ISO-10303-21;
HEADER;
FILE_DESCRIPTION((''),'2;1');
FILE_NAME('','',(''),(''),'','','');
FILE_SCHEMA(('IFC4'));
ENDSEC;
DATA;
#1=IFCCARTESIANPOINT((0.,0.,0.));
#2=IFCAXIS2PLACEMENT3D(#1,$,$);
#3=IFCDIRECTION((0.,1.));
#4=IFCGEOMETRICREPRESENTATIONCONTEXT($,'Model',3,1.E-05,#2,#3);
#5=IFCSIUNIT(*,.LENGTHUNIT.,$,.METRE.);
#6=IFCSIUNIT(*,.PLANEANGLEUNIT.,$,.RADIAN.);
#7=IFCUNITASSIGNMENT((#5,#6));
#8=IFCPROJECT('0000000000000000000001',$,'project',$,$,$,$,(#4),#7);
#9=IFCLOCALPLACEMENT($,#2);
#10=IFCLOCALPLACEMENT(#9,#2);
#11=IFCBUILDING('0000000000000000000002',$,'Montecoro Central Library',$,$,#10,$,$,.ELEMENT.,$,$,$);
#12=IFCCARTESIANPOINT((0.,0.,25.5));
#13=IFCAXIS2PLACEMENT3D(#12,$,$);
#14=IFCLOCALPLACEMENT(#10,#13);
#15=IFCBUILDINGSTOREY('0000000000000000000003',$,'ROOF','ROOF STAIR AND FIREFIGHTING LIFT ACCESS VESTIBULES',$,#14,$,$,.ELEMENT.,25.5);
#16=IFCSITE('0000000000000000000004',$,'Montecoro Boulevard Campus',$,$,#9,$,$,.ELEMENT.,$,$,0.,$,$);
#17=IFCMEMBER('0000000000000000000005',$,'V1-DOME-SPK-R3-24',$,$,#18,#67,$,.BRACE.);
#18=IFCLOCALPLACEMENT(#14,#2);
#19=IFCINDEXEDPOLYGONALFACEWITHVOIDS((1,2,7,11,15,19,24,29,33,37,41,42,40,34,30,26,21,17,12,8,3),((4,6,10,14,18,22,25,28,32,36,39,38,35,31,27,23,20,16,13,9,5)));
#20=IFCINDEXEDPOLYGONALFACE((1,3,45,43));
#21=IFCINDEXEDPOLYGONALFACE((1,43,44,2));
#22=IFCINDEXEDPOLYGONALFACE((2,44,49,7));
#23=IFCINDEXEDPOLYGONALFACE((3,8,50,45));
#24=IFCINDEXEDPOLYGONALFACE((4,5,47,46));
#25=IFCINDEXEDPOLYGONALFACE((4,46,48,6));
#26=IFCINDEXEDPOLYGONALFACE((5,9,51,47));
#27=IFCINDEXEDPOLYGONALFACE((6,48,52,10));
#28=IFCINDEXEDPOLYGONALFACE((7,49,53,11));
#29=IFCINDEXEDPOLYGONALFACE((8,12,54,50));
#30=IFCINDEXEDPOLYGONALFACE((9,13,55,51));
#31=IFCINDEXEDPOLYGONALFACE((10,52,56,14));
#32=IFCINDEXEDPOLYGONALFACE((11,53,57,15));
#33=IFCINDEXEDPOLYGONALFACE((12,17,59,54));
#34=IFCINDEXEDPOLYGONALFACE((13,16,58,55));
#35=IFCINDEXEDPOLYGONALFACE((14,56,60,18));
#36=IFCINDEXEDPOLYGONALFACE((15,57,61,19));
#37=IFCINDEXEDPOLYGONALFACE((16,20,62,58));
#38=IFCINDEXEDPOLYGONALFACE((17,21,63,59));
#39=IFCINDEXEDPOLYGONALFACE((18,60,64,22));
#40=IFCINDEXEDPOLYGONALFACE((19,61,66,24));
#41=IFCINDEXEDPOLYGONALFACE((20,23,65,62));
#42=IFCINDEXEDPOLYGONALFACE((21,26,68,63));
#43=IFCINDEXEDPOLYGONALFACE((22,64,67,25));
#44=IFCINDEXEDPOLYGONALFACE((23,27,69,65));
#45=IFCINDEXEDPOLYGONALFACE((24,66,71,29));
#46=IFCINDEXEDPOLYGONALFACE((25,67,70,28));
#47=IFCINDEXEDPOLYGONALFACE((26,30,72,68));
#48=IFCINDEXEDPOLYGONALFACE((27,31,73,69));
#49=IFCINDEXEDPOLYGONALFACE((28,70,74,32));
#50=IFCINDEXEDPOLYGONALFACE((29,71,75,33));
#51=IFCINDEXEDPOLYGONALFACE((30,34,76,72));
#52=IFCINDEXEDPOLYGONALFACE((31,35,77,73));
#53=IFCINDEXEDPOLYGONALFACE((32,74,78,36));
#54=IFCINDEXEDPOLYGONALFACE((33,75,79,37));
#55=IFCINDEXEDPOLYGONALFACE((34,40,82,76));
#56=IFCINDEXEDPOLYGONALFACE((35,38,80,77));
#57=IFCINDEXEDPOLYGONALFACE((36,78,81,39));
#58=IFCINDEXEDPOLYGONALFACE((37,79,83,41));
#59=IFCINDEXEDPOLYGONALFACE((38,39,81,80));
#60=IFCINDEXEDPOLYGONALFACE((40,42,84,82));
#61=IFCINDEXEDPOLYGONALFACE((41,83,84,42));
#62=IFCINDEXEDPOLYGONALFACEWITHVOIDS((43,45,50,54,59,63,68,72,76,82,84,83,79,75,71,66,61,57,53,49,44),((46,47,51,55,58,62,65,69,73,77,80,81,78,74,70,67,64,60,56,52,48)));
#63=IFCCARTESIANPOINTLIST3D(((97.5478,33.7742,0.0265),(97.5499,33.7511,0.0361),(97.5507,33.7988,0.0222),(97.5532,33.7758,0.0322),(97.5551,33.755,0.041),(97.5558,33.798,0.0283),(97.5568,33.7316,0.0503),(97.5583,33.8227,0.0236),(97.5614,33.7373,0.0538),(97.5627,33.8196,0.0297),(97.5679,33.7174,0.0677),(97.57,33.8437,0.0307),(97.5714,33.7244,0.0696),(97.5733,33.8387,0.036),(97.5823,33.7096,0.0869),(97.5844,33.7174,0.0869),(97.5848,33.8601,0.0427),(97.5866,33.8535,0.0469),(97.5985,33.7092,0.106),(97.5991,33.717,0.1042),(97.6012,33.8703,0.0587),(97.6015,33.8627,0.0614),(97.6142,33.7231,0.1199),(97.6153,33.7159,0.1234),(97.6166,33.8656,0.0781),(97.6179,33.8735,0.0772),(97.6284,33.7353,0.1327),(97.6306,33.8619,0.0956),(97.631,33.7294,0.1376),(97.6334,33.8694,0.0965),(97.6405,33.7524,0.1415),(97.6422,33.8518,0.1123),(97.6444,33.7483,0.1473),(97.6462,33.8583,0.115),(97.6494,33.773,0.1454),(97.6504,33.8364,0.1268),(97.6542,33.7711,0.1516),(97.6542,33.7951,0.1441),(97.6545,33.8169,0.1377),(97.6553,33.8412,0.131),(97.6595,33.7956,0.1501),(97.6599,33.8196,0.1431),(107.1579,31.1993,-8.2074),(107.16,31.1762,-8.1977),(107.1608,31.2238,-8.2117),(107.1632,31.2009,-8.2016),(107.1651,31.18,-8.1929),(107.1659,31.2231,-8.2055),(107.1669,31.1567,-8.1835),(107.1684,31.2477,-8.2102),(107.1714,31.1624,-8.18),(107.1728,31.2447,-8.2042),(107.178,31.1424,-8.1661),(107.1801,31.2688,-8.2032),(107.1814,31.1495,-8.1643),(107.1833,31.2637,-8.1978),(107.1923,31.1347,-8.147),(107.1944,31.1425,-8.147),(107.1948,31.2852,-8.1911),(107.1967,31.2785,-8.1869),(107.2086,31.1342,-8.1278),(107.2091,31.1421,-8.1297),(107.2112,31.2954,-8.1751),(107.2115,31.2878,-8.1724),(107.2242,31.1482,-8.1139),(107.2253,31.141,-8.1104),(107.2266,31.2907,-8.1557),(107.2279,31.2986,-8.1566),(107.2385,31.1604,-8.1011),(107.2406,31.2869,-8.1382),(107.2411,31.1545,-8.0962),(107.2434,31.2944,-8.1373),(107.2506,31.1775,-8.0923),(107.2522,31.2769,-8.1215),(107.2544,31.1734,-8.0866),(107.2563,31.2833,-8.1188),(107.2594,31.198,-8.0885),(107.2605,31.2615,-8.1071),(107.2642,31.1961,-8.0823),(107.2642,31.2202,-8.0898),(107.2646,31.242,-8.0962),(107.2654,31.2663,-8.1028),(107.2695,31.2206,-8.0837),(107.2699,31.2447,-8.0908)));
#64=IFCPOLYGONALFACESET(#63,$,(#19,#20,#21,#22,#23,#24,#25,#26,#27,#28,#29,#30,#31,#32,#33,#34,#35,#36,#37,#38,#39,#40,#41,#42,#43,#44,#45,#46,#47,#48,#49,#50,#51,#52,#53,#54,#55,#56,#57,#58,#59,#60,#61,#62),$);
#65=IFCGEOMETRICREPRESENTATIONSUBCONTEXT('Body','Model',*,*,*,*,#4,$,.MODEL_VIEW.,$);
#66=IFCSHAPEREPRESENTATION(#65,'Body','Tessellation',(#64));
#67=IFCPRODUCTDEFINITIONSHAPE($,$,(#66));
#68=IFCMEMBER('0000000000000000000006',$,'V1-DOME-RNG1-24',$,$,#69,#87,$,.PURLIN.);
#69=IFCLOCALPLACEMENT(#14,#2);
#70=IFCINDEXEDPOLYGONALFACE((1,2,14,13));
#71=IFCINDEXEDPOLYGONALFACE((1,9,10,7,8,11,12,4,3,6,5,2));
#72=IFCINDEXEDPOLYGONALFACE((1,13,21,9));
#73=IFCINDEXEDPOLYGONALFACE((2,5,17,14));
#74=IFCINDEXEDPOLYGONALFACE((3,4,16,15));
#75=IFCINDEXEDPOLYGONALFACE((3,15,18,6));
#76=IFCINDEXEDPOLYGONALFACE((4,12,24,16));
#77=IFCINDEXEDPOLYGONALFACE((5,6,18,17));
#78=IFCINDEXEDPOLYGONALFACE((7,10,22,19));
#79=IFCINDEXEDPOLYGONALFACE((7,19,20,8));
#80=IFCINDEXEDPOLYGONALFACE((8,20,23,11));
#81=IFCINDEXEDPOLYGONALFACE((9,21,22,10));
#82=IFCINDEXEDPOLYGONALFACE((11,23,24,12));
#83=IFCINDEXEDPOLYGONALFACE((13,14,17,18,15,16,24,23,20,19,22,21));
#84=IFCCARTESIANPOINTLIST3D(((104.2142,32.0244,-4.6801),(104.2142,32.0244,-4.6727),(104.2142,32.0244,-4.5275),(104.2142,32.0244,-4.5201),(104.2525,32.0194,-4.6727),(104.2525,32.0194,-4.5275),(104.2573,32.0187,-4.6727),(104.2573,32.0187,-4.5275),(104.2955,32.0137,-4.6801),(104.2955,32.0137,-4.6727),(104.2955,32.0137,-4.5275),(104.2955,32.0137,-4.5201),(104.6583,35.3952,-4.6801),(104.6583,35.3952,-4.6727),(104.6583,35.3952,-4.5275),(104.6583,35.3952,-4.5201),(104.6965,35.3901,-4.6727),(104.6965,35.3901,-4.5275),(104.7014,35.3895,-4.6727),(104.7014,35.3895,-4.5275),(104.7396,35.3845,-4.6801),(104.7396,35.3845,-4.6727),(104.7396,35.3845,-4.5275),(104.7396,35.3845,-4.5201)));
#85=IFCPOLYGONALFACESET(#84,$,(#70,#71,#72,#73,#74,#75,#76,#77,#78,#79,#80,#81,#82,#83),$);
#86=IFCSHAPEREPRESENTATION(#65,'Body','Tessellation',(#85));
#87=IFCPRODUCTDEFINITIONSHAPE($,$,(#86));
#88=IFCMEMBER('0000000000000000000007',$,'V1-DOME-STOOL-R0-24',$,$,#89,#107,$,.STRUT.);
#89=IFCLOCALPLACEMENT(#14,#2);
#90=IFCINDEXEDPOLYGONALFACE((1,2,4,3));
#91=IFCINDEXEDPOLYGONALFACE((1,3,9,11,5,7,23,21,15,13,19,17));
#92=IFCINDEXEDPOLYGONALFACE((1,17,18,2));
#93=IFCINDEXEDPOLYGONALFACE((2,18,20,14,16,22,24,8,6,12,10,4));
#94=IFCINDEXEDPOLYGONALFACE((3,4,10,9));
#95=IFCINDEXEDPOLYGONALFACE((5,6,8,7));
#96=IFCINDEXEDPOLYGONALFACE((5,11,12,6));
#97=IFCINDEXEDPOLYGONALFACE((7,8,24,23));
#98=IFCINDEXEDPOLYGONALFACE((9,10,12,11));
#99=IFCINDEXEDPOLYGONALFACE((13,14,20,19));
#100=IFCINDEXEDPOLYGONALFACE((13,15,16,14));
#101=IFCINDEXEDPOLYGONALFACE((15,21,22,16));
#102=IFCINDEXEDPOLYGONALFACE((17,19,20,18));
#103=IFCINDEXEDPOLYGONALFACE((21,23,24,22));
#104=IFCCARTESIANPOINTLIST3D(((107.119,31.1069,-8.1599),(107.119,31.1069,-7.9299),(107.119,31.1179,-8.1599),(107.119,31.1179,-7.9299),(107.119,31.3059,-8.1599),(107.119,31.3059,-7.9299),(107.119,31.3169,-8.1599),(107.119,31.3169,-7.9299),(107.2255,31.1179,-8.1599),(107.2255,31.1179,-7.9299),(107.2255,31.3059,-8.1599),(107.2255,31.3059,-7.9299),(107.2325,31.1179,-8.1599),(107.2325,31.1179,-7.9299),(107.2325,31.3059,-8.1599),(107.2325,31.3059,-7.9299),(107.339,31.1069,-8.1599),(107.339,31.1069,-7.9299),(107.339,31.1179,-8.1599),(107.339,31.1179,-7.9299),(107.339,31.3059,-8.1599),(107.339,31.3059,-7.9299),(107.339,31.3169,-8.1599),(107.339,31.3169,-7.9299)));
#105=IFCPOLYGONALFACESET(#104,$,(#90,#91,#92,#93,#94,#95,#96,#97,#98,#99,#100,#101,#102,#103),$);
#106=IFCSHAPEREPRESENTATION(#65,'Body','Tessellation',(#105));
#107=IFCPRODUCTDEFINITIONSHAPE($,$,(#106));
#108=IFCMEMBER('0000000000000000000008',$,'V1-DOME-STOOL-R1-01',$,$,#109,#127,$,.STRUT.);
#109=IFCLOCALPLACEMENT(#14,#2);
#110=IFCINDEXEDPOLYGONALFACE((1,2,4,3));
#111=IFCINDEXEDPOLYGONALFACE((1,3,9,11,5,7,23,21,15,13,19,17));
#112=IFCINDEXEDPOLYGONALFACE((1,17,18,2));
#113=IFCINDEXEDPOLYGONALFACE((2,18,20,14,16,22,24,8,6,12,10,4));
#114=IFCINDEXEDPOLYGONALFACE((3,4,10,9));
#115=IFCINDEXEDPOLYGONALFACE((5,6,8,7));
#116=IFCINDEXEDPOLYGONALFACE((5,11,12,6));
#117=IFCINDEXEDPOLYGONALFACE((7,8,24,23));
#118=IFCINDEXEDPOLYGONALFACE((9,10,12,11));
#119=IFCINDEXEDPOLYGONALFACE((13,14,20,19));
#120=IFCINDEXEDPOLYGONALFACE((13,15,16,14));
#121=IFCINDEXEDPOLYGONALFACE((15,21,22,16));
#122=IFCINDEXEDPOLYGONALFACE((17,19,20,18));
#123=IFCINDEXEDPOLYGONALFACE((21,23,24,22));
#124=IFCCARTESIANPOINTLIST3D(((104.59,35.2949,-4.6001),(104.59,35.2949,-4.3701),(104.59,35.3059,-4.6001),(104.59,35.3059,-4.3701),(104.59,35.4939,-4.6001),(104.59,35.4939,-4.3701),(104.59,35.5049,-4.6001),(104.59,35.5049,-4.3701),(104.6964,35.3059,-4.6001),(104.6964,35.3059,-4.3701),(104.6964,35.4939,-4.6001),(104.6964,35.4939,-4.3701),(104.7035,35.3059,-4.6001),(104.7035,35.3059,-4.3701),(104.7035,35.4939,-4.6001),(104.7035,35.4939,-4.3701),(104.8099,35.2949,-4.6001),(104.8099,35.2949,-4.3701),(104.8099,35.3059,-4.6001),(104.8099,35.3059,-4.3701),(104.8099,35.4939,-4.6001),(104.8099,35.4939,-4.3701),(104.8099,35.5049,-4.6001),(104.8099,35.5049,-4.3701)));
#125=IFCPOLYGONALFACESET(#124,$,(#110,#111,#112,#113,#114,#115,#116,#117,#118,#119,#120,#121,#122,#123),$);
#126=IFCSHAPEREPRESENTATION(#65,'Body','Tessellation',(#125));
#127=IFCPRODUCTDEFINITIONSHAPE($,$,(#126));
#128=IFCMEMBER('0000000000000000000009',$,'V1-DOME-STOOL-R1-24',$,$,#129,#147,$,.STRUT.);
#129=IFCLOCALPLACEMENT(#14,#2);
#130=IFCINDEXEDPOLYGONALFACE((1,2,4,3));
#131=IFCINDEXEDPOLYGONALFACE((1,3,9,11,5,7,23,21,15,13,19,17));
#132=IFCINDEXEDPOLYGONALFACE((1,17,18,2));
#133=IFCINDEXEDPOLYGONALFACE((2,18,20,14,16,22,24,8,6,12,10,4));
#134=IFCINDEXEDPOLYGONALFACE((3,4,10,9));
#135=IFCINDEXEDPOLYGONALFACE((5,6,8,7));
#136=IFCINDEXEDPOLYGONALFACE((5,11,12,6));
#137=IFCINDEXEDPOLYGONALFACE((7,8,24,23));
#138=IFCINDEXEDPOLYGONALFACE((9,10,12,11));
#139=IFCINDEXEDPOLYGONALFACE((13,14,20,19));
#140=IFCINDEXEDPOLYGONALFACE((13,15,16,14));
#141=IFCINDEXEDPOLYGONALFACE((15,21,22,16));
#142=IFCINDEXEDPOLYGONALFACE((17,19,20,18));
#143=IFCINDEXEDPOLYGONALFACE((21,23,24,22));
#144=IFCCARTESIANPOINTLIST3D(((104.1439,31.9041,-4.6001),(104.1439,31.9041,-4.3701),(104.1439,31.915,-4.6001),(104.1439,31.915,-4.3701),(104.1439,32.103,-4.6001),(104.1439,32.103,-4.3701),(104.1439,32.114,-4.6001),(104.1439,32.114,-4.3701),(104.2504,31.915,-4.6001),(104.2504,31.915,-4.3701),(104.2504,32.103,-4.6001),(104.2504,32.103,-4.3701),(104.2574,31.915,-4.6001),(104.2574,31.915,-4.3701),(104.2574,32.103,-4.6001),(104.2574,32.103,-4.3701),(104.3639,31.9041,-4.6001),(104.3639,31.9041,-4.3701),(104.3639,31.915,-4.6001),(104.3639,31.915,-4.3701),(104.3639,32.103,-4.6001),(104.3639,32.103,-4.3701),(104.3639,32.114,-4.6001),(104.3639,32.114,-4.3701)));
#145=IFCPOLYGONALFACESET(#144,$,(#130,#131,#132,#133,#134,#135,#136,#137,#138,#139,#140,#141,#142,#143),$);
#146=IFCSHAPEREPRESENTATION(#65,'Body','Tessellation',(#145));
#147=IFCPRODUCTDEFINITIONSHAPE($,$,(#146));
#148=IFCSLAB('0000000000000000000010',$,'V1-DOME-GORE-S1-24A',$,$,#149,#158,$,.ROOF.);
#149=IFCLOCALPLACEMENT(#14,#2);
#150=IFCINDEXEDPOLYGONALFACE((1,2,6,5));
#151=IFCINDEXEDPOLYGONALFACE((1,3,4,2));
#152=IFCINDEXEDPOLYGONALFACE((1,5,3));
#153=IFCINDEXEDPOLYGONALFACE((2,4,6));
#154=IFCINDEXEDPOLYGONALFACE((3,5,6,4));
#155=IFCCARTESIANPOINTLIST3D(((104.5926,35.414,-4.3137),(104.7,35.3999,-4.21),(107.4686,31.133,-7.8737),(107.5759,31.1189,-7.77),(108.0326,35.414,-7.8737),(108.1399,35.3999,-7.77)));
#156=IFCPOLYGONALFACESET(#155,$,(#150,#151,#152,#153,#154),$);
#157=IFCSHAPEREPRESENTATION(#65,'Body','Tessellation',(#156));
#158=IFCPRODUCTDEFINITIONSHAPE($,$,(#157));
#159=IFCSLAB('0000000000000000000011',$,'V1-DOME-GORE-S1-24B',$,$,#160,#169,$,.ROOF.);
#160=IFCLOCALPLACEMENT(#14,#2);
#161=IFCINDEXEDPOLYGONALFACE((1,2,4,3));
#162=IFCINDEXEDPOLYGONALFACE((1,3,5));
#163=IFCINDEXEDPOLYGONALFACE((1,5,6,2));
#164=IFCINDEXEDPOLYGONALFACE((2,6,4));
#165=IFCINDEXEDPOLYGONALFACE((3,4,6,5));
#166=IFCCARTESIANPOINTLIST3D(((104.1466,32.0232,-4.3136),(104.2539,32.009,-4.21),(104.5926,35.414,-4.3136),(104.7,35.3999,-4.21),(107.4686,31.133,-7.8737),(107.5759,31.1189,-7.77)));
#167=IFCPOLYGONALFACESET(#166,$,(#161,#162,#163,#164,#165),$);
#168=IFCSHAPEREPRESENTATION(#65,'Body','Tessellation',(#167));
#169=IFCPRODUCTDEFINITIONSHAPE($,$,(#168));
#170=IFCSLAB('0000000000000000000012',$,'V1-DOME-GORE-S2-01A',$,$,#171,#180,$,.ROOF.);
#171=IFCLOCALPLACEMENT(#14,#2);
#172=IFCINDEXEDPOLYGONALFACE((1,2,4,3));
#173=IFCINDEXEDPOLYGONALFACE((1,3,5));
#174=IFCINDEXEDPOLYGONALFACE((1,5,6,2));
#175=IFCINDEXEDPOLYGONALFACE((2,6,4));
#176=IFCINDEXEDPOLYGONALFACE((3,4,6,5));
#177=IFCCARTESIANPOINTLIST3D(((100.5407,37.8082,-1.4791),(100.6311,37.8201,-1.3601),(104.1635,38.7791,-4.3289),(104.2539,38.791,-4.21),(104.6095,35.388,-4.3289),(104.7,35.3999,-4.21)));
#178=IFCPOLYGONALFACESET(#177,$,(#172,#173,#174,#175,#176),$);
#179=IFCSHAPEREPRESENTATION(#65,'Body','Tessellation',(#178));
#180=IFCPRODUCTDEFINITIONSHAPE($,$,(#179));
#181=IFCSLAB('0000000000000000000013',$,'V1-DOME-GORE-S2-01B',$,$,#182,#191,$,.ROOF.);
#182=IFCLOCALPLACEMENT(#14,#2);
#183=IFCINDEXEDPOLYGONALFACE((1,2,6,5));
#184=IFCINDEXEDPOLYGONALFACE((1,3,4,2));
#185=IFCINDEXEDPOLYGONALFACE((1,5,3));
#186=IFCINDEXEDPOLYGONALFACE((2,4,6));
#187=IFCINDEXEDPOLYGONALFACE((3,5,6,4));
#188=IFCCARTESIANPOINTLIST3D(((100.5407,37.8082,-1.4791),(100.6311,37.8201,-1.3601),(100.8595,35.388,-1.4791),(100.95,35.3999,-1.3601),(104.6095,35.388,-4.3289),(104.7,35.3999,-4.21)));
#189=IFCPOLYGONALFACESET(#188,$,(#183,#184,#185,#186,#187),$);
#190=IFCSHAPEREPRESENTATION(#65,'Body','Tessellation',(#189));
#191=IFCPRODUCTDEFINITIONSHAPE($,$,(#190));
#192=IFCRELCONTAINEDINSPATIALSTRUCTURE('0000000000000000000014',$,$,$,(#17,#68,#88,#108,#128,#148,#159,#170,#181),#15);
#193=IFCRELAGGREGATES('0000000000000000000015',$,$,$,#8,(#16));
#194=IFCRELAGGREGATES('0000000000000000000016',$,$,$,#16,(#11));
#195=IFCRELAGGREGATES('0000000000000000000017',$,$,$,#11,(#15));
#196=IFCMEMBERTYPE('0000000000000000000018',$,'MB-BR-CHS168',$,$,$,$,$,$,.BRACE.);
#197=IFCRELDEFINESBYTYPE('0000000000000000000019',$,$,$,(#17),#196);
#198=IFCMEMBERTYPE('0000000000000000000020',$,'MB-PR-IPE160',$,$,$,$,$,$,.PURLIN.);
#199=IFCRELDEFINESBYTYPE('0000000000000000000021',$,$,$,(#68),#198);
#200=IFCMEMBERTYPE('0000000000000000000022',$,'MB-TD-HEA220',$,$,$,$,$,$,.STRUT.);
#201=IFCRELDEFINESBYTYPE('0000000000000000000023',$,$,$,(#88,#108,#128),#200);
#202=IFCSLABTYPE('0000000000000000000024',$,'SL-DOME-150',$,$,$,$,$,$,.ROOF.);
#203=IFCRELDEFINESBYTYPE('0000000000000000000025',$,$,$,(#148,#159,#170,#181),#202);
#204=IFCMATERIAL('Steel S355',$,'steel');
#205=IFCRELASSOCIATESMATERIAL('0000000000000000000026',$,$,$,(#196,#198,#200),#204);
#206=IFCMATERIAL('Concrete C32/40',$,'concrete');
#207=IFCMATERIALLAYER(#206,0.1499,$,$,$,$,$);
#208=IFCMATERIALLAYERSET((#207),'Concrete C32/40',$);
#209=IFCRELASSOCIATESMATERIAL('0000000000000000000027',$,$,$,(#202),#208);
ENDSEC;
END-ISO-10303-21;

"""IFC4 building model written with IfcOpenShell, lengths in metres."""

from ifc_helpers import new_model, si_unit, direction, frame, origin, origin_2d, place, context, subcontext, project, spatial, polyline, hollow_circle, i_section, outline, extrude, material, layer, layer_set, material_profile, profile_set, type_object, element, save


model = new_model("IFC4")

# Units and contexts
model_context = context("Model", 3, precision=1e-05, world=origin(), true_north=direction((0.0, 1.0)))
body_context = subcontext(model_context, "Body", "Model", "MODEL_VIEW")
ifc_project = project(units=[si_unit("LENGTHUNIT", "METRE"), si_unit("PLANEANGLEUNIT", "RADIAN")], contexts=[model_context])

# Site, building, storey
site_placement = place(None, origin())
site = spatial("IfcSite", under=ifc_project, at=site_placement, Name="Montecoro Boulevard Campus", CompositionType="ELEMENT", RefElevation=0.0)
building_placement = place(site_placement, origin())
building = spatial("IfcBuilding", under=site, at=building_placement, Name="Montecoro Central Library", CompositionType="ELEMENT")
storey_placement = place(building_placement, frame((0.0, 0.0, 25.5)))
storey = spatial("IfcBuildingStorey", under=building, at=storey_placement, Name="ROOF", Description="ROOF STAIR AND FIREFIGHTING LIFT ACCESS VESTIBULES", CompositionType="ELEMENT", Elevation=25.5)

# Members
ifc_material_1 = material(Name="Steel S355", Category="steel")
ifc_material_profile_1 = material_profile(ifc_material_1, hollow_circle(Radius=0.0842, WallThickness=0.0081, at=origin_2d()), Name="CHS 168.3x8.0")
ifc_profile_set_1 = profile_set([ifc_material_profile_1], Name="Steel S355")
member_type_1 = type_object("IfcMemberType", Name="MB-BR-CHS168", PredefinedType="BRACE", material=ifc_profile_set_1)
member_1_placement = place(storey_placement, frame((107.2141, 31.2161, -8.147), z_axis=(-0.74414, 0.199386, 0.637575), x_axis=(-0.258813, -0.965928, 0.0)))
element("IfcMember", 1, at=member_1_placement, inside=storey, type_object=member_type_1, Name="V1-DOME-SPK-R3-24", PredefinedType="BRACE", context=body_context, shape_type="SweptSolid", body=[
    extrude(hollow_circle(Radius=0.0842, WallThickness=0.0081, at=origin_2d()), origin(), (0.0, 0.0, 1.0), 12.9143),
])
ifc_material_profile_2 = material_profile(ifc_material_1, i_section(OverallWidth=0.082, OverallDepth=0.1599, WebThickness=0.0049, FlangeThickness=0.0073, at=origin_2d()), Name="IPE 160")
ifc_profile_set_2 = profile_set([ifc_material_profile_2], Name="Steel S355")
member_type_2 = type_object("IfcMemberType", Name="MB-PR-IPE160", PredefinedType="PURLIN", material=ifc_profile_set_2)
member_2_placement = place(storey_placement, frame((104.2549, 32.019, -4.6001), z_axis=(0.130616, 0.991433, 0.0), x_axis=(-0.991433, 0.130616, 0.0)))
element("IfcMember", 2, at=member_2_placement, inside=storey, type_object=member_type_2, Name="V1-DOME-RNG1-24", PredefinedType="PURLIN", context=body_context, shape_type="SweptSolid", body=[
    extrude(i_section(OverallWidth=0.082, OverallDepth=0.1599, WebThickness=0.0049, FlangeThickness=0.0073, at=origin_2d()), origin(), (0.0, 0.0, 1.0), 3.3999),
])
ifc_material_profile_3 = material_profile(ifc_material_1, i_section(OverallWidth=0.22, OverallDepth=0.21, WebThickness=0.0071, FlangeThickness=0.011, at=origin_2d()), Name="HEA 220")
ifc_profile_set_3 = profile_set([ifc_material_profile_3], Name="Steel S355")
member_type_3 = type_object("IfcMemberType", Name="MB-TD-HEA220", PredefinedType="STRUT", material=ifc_profile_set_3)
for number, where, z_axis, x_axis, name in (
    (3, (107.229, 31.2119, -8.1599), (0.0, 0.0, 1.0), (1.0, 0.0, 0.0), "V1-DOME-STOOL-R0-24"),
    (4, (104.7, 35.3999, -4.6001), (0.0, 0.0, 1.0), (1.0, 0.0, 0.0), "V1-DOME-STOOL-R1-01"),
    (5, (104.2539, 32.009, -4.6001), (0.0, 0.0, 1.0), (1.0, 0.0, 0.0), "V1-DOME-STOOL-R1-24"),
):
    element("IfcMember", number, at=place(storey_placement, frame(where, z_axis=z_axis, x_axis=x_axis)), inside=storey, type_object=member_type_3, Name=name, PredefinedType="STRUT", context=body_context, shape_type="SweptSolid", body=[
        extrude(i_section(OverallWidth=0.22, OverallDepth=0.21, WebThickness=0.0071, FlangeThickness=0.011, at=origin_2d()), origin(), (0.0, 0.0, 1.0), 0.23),
    ])

# Slabs
ifc_material_2 = material(Name="Concrete C32/40", Category="concrete")
ifc_layer = layer(ifc_material_2, 0.1499)
ifc_layer_set = layer_set([ifc_layer], Name="Concrete C32/40")
slab_type = type_object("IfcSlabType", Name="SL-DOME-150", PredefinedType="ROOF", material=ifc_layer_set)
slab_1_placement = place(storey_placement, frame((107.5759, 31.1189, -7.77), z_axis=(0.715929, -0.094314, 0.691773), x_axis=(0.130608, 0.991434, 0.0)))
element("IfcSlab", 6, at=slab_1_placement, inside=storey, type_object=slab_type, Name="V1-DOME-GORE-S1-24A", PredefinedType="ROOF", context=body_context, shape_type="SweptSolid", body=[
    extrude(outline(polyline([(0.0, 0.0), (4.318, 0.0), (3.8687, 4.93), (0.0, 0.0)])), origin(), (0.0, 0.0, -1.0), 0.1499),
])
slab_2_placement = place(storey_placement, frame((107.5759, 31.1189, -7.77), z_axis=(0.716021, -0.094188, 0.691696), x_axis=(-0.458926, 0.683129, 0.568086)))
element("IfcSlab", 7, at=slab_2_placement, inside=storey, type_object=slab_type, Name="V1-DOME-GORE-S1-24B", PredefinedType="ROOF", context=body_context, shape_type="SweptSolid", body=[
    extrude(outline(polyline([(0.0, 0.0), (6.2668, 0.0), (4.1551, 2.6903), (0.0, 0.0)])), origin(), (0.0, 0.0, -1.0), 0.1499),
])
slab_3_placement = place(storey_placement, frame((104.7, 35.3999, -4.21), z_axis=(0.603104, 0.079328, 0.793708), x_axis=(-0.13041, 0.99146, 0.0)))
element("IfcSlab", 8, at=slab_3_placement, inside=storey, type_object=slab_type, Name="V1-DOME-GORE-S2-01A", PredefinedType="ROOF", context=body_context, shape_type="SweptSolid", body=[
    extrude(outline(polyline([(0.0, 0.0), (3.4203, 0.0), (2.9301, 4.685), (0.0, 0.0)])), origin(), (0.0, 0.0, -1.0), 0.1499),
])
slab_4_placement = place(storey_placement, frame((104.7, 35.3999, -4.21), z_axis=(0.60315, 0.079463, 0.79366), x_axis=(-0.736337, 0.437976, 0.515737)))
element("IfcSlab", 9, at=slab_4_placement, inside=storey, type_object=slab_type, Name="V1-DOME-GORE-S2-01B", PredefinedType="ROOF", context=body_context, shape_type="SweptSolid", body=[
    extrude(outline(polyline([(0.0, 0.0), (5.5258, 0.0), (4.231, 2.0694), (0.0, 0.0)])), origin(), (0.0, 0.0, -1.0), 0.1499),
])

save(model, "model.ifc")
